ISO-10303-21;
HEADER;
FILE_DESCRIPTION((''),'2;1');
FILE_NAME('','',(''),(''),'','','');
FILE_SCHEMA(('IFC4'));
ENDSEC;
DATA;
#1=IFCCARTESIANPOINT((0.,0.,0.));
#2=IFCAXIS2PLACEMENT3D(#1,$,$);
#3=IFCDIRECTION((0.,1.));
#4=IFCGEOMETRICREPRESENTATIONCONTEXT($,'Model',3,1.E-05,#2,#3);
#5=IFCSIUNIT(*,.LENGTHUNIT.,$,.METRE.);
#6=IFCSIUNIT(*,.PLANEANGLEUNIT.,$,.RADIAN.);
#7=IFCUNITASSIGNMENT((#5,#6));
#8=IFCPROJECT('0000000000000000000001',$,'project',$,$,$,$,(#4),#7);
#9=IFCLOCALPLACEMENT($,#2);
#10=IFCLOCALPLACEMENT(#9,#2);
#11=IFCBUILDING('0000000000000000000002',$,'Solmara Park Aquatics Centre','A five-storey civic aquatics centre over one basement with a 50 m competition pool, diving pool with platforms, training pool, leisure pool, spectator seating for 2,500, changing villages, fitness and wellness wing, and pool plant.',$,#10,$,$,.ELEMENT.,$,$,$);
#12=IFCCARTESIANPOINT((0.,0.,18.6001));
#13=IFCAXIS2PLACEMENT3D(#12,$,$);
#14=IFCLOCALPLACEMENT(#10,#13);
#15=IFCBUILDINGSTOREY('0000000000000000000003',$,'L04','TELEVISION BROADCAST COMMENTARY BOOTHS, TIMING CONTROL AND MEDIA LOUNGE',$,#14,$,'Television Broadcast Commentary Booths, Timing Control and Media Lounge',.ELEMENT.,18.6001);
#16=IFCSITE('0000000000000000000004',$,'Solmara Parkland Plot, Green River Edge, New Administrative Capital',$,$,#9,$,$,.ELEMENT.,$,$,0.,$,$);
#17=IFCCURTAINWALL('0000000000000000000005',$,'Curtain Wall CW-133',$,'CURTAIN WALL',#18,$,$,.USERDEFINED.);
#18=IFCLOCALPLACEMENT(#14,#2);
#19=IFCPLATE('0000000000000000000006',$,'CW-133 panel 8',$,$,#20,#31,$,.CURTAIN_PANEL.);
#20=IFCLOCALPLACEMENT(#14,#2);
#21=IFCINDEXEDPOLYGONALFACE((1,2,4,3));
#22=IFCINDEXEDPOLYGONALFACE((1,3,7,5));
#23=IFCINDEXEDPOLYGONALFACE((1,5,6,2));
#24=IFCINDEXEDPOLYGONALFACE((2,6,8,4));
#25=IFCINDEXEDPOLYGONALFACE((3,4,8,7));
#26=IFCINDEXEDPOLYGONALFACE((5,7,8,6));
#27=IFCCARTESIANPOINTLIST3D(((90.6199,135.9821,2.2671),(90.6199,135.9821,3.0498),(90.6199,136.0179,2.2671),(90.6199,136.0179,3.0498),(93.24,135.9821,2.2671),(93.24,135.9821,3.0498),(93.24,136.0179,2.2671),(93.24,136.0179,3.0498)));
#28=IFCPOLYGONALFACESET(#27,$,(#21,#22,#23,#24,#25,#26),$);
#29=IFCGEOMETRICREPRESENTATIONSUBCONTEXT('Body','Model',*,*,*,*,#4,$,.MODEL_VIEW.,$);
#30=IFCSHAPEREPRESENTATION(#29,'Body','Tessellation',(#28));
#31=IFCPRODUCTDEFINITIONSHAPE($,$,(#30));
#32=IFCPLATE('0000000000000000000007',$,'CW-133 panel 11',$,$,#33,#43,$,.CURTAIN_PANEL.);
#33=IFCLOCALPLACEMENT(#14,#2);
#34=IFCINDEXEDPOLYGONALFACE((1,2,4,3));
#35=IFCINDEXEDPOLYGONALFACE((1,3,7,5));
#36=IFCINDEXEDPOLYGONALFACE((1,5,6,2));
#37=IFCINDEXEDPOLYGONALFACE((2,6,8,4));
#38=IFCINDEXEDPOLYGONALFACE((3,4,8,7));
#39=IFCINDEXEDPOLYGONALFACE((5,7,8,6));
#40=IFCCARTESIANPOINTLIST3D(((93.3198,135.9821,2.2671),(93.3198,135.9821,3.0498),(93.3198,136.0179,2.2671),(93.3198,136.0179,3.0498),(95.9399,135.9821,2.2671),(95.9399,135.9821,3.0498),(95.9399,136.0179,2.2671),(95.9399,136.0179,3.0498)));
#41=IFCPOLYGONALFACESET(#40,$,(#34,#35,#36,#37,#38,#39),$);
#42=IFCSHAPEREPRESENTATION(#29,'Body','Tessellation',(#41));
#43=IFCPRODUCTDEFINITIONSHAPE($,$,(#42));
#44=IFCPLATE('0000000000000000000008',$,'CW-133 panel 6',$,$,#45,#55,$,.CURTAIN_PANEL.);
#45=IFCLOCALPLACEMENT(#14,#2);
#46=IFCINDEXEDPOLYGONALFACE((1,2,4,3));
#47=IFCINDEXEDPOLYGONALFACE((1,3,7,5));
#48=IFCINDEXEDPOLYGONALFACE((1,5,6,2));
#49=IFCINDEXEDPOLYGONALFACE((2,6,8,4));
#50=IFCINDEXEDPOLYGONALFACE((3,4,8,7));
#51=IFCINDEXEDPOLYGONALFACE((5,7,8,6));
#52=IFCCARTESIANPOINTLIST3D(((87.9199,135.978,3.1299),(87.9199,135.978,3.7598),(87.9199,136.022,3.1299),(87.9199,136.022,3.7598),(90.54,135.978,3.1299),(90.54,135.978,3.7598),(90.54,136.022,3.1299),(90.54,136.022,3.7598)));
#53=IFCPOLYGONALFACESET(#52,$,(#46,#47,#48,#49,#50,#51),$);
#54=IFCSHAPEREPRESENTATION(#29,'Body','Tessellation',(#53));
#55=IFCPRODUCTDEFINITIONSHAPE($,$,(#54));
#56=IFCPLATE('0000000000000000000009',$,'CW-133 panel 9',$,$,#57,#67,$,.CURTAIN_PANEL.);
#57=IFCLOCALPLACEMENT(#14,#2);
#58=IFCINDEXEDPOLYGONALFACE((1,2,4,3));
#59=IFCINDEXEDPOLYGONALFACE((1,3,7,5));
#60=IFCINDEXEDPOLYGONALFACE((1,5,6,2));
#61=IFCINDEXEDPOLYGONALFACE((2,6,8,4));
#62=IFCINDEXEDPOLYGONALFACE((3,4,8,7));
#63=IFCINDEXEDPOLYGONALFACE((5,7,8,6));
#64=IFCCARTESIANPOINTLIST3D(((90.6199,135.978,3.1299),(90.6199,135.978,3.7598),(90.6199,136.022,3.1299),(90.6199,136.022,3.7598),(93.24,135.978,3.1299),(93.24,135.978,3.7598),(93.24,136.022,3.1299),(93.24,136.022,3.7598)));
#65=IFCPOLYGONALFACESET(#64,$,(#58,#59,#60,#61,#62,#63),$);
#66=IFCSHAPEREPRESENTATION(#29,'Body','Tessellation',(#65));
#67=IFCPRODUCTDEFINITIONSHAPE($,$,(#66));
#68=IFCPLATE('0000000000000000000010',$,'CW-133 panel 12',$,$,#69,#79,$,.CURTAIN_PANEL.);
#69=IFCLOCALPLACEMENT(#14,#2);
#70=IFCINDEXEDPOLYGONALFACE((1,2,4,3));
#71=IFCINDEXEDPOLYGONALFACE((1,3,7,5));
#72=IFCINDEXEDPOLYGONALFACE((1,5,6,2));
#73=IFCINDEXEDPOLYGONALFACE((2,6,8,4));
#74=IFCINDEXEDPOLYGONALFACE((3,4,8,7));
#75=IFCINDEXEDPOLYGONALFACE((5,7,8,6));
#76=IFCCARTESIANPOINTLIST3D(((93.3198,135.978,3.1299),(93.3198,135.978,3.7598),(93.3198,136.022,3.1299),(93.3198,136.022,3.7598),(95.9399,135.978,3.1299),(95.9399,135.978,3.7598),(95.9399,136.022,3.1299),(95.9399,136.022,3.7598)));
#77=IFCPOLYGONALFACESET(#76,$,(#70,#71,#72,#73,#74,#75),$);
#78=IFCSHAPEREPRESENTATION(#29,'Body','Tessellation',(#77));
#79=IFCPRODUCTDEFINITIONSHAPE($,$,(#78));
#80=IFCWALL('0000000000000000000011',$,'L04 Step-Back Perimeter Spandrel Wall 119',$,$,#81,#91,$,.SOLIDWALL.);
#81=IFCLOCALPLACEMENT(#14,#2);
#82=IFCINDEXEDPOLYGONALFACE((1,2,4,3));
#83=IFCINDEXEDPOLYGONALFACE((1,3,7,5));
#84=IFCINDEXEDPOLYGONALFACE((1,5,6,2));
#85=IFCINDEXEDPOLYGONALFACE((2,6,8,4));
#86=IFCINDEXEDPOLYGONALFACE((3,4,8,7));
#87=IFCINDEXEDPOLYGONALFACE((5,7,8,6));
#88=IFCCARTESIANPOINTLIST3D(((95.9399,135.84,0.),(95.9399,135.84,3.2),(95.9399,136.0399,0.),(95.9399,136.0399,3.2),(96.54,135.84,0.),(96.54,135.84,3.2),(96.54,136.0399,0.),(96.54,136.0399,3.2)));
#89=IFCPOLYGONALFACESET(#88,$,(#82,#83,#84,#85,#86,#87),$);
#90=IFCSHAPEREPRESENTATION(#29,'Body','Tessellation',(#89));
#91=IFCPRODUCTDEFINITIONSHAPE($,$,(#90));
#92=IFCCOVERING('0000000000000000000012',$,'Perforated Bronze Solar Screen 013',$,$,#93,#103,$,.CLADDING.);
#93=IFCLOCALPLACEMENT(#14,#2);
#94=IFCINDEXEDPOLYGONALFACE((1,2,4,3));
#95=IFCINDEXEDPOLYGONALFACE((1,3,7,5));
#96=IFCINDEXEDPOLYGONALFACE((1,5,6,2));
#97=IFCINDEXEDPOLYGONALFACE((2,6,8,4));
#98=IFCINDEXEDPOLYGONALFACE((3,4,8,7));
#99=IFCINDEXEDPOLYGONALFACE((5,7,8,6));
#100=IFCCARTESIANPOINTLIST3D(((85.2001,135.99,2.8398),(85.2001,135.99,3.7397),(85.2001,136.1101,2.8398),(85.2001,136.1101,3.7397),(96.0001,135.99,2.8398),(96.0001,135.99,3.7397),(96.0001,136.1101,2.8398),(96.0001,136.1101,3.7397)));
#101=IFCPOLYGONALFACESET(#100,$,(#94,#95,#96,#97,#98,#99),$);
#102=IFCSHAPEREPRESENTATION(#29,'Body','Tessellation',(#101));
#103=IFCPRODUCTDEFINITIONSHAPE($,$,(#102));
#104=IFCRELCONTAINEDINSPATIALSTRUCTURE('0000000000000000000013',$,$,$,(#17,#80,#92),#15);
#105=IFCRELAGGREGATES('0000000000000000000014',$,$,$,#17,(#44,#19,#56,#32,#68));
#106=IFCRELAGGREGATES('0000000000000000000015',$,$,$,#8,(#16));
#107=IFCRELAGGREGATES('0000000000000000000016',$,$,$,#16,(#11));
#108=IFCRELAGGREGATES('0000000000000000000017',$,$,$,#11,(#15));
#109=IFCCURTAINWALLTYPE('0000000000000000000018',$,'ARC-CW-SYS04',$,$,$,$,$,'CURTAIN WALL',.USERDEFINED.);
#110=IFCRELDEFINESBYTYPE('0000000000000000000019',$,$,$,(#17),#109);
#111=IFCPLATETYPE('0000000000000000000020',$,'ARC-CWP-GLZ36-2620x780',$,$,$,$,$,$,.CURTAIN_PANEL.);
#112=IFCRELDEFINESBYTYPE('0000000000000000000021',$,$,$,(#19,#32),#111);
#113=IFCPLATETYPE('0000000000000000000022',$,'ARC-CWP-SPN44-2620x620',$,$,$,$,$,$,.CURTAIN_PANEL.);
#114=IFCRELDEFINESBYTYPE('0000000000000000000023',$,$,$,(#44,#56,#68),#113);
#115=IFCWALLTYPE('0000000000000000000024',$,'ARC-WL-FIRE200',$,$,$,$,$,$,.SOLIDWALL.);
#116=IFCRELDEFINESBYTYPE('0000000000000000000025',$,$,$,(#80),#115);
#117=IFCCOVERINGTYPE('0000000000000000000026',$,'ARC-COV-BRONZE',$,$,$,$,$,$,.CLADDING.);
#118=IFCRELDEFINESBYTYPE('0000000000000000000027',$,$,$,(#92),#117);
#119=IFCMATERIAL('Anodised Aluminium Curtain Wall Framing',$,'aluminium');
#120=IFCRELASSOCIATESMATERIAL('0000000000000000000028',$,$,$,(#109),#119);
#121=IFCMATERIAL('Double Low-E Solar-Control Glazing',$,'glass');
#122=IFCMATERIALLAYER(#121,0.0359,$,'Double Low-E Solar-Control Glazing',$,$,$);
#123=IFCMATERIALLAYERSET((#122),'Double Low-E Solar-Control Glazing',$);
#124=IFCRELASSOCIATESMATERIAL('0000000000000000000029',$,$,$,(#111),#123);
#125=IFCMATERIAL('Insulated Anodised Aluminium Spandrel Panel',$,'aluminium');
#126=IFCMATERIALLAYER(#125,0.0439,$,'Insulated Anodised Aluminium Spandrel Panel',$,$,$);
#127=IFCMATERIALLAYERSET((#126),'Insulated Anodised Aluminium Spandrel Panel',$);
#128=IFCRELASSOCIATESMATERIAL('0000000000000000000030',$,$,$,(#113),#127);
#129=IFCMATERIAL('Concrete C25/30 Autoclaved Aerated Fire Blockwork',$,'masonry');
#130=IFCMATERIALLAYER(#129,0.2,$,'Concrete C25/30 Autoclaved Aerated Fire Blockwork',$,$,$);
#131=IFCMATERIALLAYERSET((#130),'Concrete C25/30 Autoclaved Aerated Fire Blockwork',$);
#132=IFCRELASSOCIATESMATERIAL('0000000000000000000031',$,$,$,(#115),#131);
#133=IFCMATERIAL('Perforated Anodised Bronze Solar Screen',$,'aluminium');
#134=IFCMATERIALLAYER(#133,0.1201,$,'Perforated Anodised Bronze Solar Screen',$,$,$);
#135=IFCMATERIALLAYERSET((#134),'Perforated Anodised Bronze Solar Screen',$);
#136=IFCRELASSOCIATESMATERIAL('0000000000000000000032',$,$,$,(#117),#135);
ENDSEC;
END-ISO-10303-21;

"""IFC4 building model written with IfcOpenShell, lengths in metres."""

from ifc_helpers import new_model, si_unit, direction, frame, frame_2d, origin, origin_2d, place, context, subcontext, project, spatial, rectangle, extrude, material, layer, layer_set, type_object, element, aggregate, save


model = new_model("IFC4")

# Units and contexts
model_context = context("Model", 3, precision=1e-05, world=origin(), true_north=direction((0.0, 1.0)))
body_context = subcontext(model_context, "Body", "Model", "MODEL_VIEW")
ifc_project = project(units=[si_unit("LENGTHUNIT", "METRE"), si_unit("PLANEANGLEUNIT", "RADIAN")], contexts=[model_context])

# Site, building, storey
site_placement = place(None, origin())
site = spatial("IfcSite", under=ifc_project, at=site_placement, Name="Solmara Parkland Plot, Green River Edge, New Administrative Capital", CompositionType="ELEMENT", RefElevation=0.0)
building_placement = place(site_placement, origin())
building = spatial("IfcBuilding", under=site, at=building_placement, Name="Solmara Park Aquatics Centre", Description="A five-storey civic aquatics centre over one basement with a 50 m competition pool, diving pool with platforms, training pool, leisure pool, spectator seating for 2,500, changing villages, fitness and wellness wing, and pool plant.", CompositionType="ELEMENT")
storey_placement = place(building_placement, frame((0.0, 0.0, 18.6001)))
storey = spatial("IfcBuildingStorey", under=building, at=storey_placement, Name="L04", Description="TELEVISION BROADCAST COMMENTARY BOOTHS, TIMING CONTROL AND MEDIA LOUNGE", LongName="Television Broadcast Commentary Booths, Timing Control and Media Lounge", CompositionType="ELEMENT", Elevation=18.6001)

# Curtain wall, plates
ifc_material_1 = material(Name="Anodised Aluminium Curtain Wall Framing", Category="aluminium")
curtain_wall_type = type_object("IfcCurtainWallType", Name="ARC-CW-SYS04", ElementType="CURTAIN WALL", PredefinedType="USERDEFINED", material=ifc_material_1)
curtain_wall_placement = place(storey_placement, origin())
curtain_wall = element("IfcCurtainWall", 1, at=curtain_wall_placement, inside=storey, type_object=curtain_wall_type, Name="Curtain Wall CW-133", ObjectType="CURTAIN WALL", PredefinedType="USERDEFINED")
ifc_material_2 = material(Name="Double Low-E Solar-Control Glazing", Category="glass")
ifc_layer_1 = layer(ifc_material_2, 0.0359, Name="Double Low-E Solar-Control Glazing")
ifc_layer_set_1 = layer_set([ifc_layer_1], Name="Double Low-E Solar-Control Glazing")
plate_type_1 = type_object("IfcPlateType", Name="ARC-CWP-GLZ36-2620x780", PredefinedType="CURTAIN_PANEL", material=ifc_layer_set_1)
plate_1_placement = place(storey_placement, frame((91.9299, 136.0, 2.2671), z_axis=(0.0, 0.0, 1.0), x_axis=(1.0, 0.0, 0.0)))
plate_1 = element("IfcPlate", 2, at=plate_1_placement, type_object=plate_type_1, Name="CW-133 panel 8", PredefinedType="CURTAIN_PANEL", context=body_context, shape_type="SweptSolid", body=[
    extrude(rectangle(XDim=2.6201, YDim=0.0359, at=origin_2d()), origin(), (0.0, 0.0, 1.0), 0.7827),
])
plate_2_placement = place(storey_placement, frame((94.6299, 136.0, 2.2671), z_axis=(0.0, 0.0, 1.0), x_axis=(1.0, 0.0, 0.0)))
plate_2 = element("IfcPlate", 3, at=plate_2_placement, type_object=plate_type_1, Name="CW-133 panel 11", PredefinedType="CURTAIN_PANEL", context=body_context, shape_type="SweptSolid", body=[
    extrude(rectangle(XDim=2.6201, YDim=0.0359, at=origin_2d()), origin(), (0.0, 0.0, 1.0), 0.7827),
])
ifc_material_3 = material(Name="Insulated Anodised Aluminium Spandrel Panel", Category="aluminium")
ifc_layer_2 = layer(ifc_material_3, 0.0439, Name="Insulated Anodised Aluminium Spandrel Panel")
ifc_layer_set_2 = layer_set([ifc_layer_2], Name="Insulated Anodised Aluminium Spandrel Panel")
plate_type_2 = type_object("IfcPlateType", Name="ARC-CWP-SPN44-2620x620", PredefinedType="CURTAIN_PANEL", material=ifc_layer_set_2)
plate_3_placement = place(storey_placement, frame((89.23, 136.0, 3.1299), z_axis=(0.0, 0.0, 1.0), x_axis=(1.0, 0.0, 0.0)))
plate_3 = element("IfcPlate", 4, at=plate_3_placement, type_object=plate_type_2, Name="CW-133 panel 6", PredefinedType="CURTAIN_PANEL", context=body_context, shape_type="SweptSolid", body=[
    extrude(rectangle(XDim=2.6201, YDim=0.0439, at=origin_2d()), origin(), (0.0, 0.0, 1.0), 0.6299),
])
plate_4_placement = place(storey_placement, frame((91.9299, 136.0, 3.1299), z_axis=(0.0, 0.0, 1.0), x_axis=(1.0, 0.0, 0.0)))
plate_4 = element("IfcPlate", 5, at=plate_4_placement, type_object=plate_type_2, Name="CW-133 panel 9", PredefinedType="CURTAIN_PANEL", context=body_context, shape_type="SweptSolid", body=[
    extrude(rectangle(XDim=2.6201, YDim=0.0439, at=origin_2d()), origin(), (0.0, 0.0, 1.0), 0.6299),
])
plate_5_placement = place(storey_placement, frame((94.6299, 136.0, 3.1299), z_axis=(0.0, 0.0, 1.0), x_axis=(1.0, 0.0, 0.0)))
plate_5 = element("IfcPlate", 6, at=plate_5_placement, type_object=plate_type_2, Name="CW-133 panel 12", PredefinedType="CURTAIN_PANEL", context=body_context, shape_type="SweptSolid", body=[
    extrude(rectangle(XDim=2.6201, YDim=0.0439, at=origin_2d()), origin(), (0.0, 0.0, 1.0), 0.6299),
])
aggregate(curtain_wall, [plate_3, plate_1, plate_4, plate_2, plate_5])

# Wall
ifc_material_4 = material(Name="Concrete C25/30 Autoclaved Aerated Fire Blockwork", Category="masonry")
ifc_layer_3 = layer(ifc_material_4, 0.2, Name="Concrete C25/30 Autoclaved Aerated Fire Blockwork")
ifc_layer_set_3 = layer_set([ifc_layer_3], Name="Concrete C25/30 Autoclaved Aerated Fire Blockwork")
wall_type = type_object("IfcWallType", Name="ARC-WL-FIRE200", PredefinedType="SOLIDWALL", material=ifc_layer_set_3)
wall_placement = place(storey_placement, frame((95.9399, 135.9399, 0.0), z_axis=(0.0, 0.0, 1.0), x_axis=(1.0, 0.0, 0.0)))
element("IfcWall", 7, at=wall_placement, inside=storey, type_object=wall_type, Name="L04 Step-Back Perimeter Spandrel Wall 119", PredefinedType="SOLIDWALL", context=body_context, shape_type="SweptSolid", body=[
    extrude(rectangle(XDim=0.6001, YDim=0.2, at=frame_2d((0.3, 0.0))), origin(), (0.0, 0.0, 1.0), 3.2),
])

# Covering
ifc_material_5 = material(Name="Perforated Anodised Bronze Solar Screen", Category="aluminium")
ifc_layer_4 = layer(ifc_material_5, 0.1201, Name="Perforated Anodised Bronze Solar Screen")
ifc_layer_set_4 = layer_set([ifc_layer_4], Name="Perforated Anodised Bronze Solar Screen")
covering_type = type_object("IfcCoveringType", Name="ARC-COV-BRONZE", PredefinedType="CLADDING", material=ifc_layer_set_4)
covering_placement = place(storey_placement, frame((90.6001, 136.05, 2.8398), z_axis=(0.0, 0.0, 1.0), x_axis=(1.0, 0.0, 0.0)))
element("IfcCovering", 8, at=covering_placement, inside=storey, type_object=covering_type, Name="Perforated Bronze Solar Screen 013", PredefinedType="CLADDING", context=body_context, shape_type="SweptSolid", body=[
    extrude(rectangle(XDim=10.8, YDim=0.1201, at=origin_2d()), origin(), (0.0, 0.0, 1.0), 0.8999),
])

save(model, "model.ifc")
